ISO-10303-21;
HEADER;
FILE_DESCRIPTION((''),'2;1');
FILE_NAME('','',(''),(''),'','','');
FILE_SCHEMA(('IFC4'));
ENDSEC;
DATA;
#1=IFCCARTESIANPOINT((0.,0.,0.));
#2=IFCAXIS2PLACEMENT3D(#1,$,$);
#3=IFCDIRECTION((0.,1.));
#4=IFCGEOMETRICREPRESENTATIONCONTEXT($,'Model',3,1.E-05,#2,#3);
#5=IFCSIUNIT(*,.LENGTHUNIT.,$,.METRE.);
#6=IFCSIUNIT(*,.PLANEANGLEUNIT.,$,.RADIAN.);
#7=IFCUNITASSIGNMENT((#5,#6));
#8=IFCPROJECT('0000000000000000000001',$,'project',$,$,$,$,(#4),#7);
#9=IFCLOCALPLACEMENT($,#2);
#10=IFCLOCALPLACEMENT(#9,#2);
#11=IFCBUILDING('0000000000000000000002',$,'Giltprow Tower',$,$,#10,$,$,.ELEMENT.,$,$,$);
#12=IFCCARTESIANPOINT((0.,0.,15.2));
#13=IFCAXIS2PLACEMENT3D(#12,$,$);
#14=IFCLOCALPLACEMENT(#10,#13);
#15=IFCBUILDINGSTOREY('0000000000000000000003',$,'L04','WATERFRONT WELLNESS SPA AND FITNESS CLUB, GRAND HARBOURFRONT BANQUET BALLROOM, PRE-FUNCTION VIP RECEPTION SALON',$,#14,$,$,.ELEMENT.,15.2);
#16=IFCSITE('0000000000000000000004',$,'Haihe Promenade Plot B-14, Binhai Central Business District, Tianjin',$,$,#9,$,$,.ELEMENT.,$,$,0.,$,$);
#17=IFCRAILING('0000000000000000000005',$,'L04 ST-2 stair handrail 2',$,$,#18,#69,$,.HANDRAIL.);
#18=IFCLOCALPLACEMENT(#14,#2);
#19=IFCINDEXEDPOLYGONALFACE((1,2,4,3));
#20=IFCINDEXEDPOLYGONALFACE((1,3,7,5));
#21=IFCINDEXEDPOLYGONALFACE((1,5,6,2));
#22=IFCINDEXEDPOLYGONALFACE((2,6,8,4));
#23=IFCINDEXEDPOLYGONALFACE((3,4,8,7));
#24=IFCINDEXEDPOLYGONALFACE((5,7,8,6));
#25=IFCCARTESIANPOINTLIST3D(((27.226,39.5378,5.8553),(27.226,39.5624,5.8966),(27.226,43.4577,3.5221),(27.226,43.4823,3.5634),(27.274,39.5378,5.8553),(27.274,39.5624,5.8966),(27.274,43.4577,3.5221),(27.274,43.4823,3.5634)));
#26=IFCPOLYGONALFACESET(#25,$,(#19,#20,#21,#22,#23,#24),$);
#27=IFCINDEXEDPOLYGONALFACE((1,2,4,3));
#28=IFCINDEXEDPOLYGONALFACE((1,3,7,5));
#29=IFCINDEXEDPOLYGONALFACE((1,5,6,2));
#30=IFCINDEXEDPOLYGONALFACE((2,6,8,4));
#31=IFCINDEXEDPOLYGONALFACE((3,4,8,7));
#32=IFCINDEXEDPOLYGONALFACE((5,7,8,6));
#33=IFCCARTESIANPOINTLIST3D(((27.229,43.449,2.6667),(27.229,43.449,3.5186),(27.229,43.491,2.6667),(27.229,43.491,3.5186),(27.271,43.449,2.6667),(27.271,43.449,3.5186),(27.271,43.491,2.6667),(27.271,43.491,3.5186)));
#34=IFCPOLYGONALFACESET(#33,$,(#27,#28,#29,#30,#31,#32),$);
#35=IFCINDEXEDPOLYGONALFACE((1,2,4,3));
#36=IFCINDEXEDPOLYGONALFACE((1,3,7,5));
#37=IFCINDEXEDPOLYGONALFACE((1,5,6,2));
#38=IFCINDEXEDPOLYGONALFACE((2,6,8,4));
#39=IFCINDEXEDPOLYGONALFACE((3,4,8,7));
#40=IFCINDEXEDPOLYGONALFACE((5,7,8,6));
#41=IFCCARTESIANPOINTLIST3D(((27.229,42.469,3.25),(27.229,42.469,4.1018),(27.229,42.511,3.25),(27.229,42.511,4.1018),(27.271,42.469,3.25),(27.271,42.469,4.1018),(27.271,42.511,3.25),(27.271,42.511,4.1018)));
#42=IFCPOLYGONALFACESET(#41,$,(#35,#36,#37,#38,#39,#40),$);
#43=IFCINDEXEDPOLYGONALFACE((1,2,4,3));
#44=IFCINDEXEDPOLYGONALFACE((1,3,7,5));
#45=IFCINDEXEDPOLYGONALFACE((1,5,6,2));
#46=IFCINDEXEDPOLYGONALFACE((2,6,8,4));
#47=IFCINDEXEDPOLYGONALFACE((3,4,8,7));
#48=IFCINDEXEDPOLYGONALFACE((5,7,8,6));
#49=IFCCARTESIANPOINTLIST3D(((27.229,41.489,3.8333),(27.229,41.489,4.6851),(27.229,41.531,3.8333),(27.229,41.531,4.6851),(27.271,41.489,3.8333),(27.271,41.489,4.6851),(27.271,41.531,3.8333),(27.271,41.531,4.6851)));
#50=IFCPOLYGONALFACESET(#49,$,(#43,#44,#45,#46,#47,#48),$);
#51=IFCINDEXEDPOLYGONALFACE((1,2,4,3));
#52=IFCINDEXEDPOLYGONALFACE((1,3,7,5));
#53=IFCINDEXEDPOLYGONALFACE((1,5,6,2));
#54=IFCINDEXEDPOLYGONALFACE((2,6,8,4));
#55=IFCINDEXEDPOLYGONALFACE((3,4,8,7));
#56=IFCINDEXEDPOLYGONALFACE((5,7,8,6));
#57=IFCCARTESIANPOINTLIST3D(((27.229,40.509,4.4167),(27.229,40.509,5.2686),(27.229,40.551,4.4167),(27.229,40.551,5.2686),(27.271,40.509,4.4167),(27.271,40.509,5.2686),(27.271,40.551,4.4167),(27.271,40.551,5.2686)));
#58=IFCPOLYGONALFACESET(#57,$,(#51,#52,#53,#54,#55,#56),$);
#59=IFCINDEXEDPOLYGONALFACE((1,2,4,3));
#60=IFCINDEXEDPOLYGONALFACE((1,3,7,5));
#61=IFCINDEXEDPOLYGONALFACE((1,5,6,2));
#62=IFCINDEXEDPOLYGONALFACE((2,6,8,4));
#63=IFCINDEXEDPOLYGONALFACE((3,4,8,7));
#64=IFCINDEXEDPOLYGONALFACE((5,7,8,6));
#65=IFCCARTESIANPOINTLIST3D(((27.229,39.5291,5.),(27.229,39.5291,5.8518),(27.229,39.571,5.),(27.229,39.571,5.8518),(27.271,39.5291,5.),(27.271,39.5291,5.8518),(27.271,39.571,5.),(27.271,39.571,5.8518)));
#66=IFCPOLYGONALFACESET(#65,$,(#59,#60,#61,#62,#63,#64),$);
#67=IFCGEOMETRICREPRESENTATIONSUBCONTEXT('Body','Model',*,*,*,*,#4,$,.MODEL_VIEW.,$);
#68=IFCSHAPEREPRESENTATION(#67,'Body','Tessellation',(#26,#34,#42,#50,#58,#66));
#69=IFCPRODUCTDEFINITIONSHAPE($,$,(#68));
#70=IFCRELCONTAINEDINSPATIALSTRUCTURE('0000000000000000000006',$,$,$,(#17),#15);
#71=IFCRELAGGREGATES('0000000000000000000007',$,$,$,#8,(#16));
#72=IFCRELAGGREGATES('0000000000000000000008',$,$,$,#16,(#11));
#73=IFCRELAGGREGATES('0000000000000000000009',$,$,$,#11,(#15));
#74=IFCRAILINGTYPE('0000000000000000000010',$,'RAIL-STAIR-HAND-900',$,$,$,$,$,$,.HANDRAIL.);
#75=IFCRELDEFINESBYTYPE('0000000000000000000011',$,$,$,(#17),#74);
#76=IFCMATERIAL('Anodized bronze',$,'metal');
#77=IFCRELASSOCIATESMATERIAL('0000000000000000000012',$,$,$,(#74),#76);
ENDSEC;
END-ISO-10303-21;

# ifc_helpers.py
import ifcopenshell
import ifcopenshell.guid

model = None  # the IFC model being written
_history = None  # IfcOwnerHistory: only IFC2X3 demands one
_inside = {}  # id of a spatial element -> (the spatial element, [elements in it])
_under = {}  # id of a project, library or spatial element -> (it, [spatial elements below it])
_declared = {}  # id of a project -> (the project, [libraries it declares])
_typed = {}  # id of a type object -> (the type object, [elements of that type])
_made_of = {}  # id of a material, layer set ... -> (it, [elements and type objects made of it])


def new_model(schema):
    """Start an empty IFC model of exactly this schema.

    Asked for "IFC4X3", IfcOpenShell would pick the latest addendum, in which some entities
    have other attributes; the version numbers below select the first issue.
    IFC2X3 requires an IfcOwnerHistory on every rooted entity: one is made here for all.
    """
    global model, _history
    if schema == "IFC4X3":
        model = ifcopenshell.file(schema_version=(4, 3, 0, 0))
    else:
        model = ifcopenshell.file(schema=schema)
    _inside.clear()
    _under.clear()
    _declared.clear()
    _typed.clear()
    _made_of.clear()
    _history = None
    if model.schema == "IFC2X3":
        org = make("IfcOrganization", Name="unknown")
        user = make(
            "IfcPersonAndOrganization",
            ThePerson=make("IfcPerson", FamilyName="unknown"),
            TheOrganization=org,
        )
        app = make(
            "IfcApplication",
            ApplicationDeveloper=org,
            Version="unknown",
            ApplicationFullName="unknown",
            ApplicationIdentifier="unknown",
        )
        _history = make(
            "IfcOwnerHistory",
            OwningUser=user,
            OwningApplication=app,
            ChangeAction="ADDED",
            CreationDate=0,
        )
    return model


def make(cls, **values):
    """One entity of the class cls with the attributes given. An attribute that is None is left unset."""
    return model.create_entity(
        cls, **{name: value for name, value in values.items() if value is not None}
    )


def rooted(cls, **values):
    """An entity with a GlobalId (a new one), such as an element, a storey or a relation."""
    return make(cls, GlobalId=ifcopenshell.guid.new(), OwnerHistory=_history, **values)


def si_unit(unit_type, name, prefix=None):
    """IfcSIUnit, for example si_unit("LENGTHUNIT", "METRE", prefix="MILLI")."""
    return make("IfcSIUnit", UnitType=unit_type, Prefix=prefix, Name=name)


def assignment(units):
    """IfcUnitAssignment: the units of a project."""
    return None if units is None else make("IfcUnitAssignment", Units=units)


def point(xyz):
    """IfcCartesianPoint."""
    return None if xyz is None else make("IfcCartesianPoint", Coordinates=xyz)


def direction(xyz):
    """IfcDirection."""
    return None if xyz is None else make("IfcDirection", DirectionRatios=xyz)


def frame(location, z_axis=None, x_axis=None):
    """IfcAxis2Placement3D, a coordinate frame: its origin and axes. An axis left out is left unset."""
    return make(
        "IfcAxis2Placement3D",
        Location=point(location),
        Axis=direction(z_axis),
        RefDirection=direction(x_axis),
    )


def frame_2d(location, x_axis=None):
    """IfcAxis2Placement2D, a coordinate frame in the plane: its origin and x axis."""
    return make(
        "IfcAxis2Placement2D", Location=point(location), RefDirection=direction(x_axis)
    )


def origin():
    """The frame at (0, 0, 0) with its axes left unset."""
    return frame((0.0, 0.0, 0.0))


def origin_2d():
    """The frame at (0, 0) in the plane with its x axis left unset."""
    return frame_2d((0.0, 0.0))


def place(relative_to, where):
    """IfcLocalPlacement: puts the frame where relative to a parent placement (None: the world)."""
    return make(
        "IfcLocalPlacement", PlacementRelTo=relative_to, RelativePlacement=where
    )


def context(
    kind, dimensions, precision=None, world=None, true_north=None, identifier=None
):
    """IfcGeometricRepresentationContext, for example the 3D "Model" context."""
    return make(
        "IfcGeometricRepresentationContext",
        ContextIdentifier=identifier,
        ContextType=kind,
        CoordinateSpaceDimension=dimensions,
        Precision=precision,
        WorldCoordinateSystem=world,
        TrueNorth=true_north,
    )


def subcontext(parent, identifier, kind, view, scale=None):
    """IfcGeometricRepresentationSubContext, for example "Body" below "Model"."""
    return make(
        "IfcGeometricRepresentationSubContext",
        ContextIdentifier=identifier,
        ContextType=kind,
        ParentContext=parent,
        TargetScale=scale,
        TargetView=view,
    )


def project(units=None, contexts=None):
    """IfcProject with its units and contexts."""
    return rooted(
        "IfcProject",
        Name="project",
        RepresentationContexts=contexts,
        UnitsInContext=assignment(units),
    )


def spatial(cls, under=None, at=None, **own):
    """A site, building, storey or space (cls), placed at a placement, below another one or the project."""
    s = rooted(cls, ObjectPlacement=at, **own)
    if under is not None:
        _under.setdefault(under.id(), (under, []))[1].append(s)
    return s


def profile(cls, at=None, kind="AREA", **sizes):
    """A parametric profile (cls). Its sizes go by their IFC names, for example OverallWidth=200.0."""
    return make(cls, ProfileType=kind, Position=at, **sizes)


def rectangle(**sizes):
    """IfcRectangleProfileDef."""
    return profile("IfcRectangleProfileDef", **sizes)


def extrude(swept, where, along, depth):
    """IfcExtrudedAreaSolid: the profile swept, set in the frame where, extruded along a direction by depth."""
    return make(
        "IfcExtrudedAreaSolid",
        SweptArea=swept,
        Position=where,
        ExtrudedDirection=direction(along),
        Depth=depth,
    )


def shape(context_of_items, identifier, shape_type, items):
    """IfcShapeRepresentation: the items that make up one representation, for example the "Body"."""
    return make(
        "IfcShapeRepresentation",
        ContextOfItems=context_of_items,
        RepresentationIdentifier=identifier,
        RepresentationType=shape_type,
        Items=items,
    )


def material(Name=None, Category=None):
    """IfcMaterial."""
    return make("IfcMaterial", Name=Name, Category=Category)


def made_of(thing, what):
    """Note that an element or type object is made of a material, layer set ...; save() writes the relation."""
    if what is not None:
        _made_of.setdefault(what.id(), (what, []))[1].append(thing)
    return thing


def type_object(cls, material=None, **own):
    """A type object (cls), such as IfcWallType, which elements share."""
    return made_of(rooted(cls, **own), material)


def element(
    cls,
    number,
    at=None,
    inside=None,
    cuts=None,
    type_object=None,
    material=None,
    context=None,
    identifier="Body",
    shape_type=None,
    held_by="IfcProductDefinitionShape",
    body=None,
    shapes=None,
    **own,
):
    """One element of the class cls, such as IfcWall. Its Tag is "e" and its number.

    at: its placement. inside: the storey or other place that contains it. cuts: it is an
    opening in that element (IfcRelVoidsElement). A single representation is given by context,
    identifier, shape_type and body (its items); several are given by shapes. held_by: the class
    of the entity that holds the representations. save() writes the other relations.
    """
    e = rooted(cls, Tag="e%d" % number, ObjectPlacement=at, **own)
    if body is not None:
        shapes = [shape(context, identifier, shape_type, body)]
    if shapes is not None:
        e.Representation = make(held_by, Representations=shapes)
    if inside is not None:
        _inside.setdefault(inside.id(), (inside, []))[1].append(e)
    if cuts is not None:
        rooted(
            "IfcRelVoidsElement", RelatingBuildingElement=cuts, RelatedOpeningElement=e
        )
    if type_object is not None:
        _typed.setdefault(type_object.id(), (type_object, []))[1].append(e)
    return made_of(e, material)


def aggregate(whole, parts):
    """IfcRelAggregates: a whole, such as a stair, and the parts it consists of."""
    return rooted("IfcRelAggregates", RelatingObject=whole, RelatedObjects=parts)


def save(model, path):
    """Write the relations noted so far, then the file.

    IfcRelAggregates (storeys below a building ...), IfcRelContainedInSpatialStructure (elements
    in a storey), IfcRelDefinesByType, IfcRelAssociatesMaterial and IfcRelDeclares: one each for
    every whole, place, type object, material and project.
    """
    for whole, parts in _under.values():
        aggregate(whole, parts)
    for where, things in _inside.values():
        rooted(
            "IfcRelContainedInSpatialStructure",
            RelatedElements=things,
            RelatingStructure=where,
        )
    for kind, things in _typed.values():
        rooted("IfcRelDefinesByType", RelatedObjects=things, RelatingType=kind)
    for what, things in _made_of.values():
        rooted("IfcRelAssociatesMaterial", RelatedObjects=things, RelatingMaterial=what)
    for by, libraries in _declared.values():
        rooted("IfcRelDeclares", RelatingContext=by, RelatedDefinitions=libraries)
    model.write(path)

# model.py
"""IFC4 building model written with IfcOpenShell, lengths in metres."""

from ifc_helpers import new_model, si_unit, direction, frame, origin, origin_2d, place, context, subcontext, project, spatial, rectangle, extrude, material, type_object, element, save


model = new_model("IFC4")

# Units and contexts
model_context = context("Model", 3, precision=1e-05, world=origin(), true_north=direction((0.0, 1.0)))
body_context = subcontext(model_context, "Body", "Model", "MODEL_VIEW")
ifc_project = project(units=[si_unit("LENGTHUNIT", "METRE"), si_unit("PLANEANGLEUNIT", "RADIAN")], contexts=[model_context])

# Site, building, storey
site_placement = place(None, origin())
site = spatial("IfcSite", under=ifc_project, at=site_placement, Name="Haihe Promenade Plot B-14, Binhai Central Business District, Tianjin", CompositionType="ELEMENT", RefElevation=0.0)
building_placement = place(site_placement, origin())
building = spatial("IfcBuilding", under=site, at=building_placement, Name="Giltprow Tower", CompositionType="ELEMENT")
storey_placement = place(building_placement, frame((0.0, 0.0, 15.2)))
storey = spatial("IfcBuildingStorey", under=building, at=storey_placement, Name="L04", Description="WATERFRONT WELLNESS SPA AND FITNESS CLUB, GRAND HARBOURFRONT BANQUET BALLROOM, PRE-FUNCTION VIP RECEPTION SALON", CompositionType="ELEMENT", Elevation=15.2)

# Railing
ifc_material_1 = material(Name="Anodized bronze", Category="metal")
railing_type_1 = type_object("IfcRailingType", Name="RAIL-STAIR-HAND-900", PredefinedType="HANDRAIL", material=ifc_material_1)
railing_1_placement = place(storey_placement, frame((27.25, 43.47, 2.6667)))
element("IfcRailing", 1, at=railing_1_placement, inside=storey, type_object=railing_type_1, Name="L04 ST-2 stair handrail 2", PredefinedType="HANDRAIL", context=body_context, shape_type="SweptSolid", body=[
    extrude(rectangle(XDim=0.0481, YDim=0.0481, at=origin_2d()), frame((0.0, 0.0, 0.876), z_axis=(0.0, -0.859296, 0.511478), x_axis=(1.0, 0.0, 0.0)), (0.0, 0.0, 1.0), 4.5618),
    extrude(rectangle(XDim=0.042, YDim=0.042, at=origin_2d()), origin(), (0.0, 0.0, 1.0), 0.8518),
    extrude(rectangle(XDim=0.042, YDim=0.042, at=origin_2d()), frame((0.0, -0.98, 0.5833)), (0.0, 0.0, 1.0), 0.8518),
    extrude(rectangle(XDim=0.042, YDim=0.042, at=origin_2d()), frame((0.0, -1.96, 1.1665)), (0.0, 0.0, 1.0), 0.8518),
    extrude(rectangle(XDim=0.042, YDim=0.042, at=origin_2d()), frame((0.0, -2.9399, 1.75)), (0.0, 0.0, 1.0), 0.8518),
    extrude(rectangle(XDim=0.042, YDim=0.042, at=origin_2d()), frame((0.0, -3.9199, 2.3333)), (0.0, 0.0, 1.0), 0.8518),
])

save(model, "model.ifc")
